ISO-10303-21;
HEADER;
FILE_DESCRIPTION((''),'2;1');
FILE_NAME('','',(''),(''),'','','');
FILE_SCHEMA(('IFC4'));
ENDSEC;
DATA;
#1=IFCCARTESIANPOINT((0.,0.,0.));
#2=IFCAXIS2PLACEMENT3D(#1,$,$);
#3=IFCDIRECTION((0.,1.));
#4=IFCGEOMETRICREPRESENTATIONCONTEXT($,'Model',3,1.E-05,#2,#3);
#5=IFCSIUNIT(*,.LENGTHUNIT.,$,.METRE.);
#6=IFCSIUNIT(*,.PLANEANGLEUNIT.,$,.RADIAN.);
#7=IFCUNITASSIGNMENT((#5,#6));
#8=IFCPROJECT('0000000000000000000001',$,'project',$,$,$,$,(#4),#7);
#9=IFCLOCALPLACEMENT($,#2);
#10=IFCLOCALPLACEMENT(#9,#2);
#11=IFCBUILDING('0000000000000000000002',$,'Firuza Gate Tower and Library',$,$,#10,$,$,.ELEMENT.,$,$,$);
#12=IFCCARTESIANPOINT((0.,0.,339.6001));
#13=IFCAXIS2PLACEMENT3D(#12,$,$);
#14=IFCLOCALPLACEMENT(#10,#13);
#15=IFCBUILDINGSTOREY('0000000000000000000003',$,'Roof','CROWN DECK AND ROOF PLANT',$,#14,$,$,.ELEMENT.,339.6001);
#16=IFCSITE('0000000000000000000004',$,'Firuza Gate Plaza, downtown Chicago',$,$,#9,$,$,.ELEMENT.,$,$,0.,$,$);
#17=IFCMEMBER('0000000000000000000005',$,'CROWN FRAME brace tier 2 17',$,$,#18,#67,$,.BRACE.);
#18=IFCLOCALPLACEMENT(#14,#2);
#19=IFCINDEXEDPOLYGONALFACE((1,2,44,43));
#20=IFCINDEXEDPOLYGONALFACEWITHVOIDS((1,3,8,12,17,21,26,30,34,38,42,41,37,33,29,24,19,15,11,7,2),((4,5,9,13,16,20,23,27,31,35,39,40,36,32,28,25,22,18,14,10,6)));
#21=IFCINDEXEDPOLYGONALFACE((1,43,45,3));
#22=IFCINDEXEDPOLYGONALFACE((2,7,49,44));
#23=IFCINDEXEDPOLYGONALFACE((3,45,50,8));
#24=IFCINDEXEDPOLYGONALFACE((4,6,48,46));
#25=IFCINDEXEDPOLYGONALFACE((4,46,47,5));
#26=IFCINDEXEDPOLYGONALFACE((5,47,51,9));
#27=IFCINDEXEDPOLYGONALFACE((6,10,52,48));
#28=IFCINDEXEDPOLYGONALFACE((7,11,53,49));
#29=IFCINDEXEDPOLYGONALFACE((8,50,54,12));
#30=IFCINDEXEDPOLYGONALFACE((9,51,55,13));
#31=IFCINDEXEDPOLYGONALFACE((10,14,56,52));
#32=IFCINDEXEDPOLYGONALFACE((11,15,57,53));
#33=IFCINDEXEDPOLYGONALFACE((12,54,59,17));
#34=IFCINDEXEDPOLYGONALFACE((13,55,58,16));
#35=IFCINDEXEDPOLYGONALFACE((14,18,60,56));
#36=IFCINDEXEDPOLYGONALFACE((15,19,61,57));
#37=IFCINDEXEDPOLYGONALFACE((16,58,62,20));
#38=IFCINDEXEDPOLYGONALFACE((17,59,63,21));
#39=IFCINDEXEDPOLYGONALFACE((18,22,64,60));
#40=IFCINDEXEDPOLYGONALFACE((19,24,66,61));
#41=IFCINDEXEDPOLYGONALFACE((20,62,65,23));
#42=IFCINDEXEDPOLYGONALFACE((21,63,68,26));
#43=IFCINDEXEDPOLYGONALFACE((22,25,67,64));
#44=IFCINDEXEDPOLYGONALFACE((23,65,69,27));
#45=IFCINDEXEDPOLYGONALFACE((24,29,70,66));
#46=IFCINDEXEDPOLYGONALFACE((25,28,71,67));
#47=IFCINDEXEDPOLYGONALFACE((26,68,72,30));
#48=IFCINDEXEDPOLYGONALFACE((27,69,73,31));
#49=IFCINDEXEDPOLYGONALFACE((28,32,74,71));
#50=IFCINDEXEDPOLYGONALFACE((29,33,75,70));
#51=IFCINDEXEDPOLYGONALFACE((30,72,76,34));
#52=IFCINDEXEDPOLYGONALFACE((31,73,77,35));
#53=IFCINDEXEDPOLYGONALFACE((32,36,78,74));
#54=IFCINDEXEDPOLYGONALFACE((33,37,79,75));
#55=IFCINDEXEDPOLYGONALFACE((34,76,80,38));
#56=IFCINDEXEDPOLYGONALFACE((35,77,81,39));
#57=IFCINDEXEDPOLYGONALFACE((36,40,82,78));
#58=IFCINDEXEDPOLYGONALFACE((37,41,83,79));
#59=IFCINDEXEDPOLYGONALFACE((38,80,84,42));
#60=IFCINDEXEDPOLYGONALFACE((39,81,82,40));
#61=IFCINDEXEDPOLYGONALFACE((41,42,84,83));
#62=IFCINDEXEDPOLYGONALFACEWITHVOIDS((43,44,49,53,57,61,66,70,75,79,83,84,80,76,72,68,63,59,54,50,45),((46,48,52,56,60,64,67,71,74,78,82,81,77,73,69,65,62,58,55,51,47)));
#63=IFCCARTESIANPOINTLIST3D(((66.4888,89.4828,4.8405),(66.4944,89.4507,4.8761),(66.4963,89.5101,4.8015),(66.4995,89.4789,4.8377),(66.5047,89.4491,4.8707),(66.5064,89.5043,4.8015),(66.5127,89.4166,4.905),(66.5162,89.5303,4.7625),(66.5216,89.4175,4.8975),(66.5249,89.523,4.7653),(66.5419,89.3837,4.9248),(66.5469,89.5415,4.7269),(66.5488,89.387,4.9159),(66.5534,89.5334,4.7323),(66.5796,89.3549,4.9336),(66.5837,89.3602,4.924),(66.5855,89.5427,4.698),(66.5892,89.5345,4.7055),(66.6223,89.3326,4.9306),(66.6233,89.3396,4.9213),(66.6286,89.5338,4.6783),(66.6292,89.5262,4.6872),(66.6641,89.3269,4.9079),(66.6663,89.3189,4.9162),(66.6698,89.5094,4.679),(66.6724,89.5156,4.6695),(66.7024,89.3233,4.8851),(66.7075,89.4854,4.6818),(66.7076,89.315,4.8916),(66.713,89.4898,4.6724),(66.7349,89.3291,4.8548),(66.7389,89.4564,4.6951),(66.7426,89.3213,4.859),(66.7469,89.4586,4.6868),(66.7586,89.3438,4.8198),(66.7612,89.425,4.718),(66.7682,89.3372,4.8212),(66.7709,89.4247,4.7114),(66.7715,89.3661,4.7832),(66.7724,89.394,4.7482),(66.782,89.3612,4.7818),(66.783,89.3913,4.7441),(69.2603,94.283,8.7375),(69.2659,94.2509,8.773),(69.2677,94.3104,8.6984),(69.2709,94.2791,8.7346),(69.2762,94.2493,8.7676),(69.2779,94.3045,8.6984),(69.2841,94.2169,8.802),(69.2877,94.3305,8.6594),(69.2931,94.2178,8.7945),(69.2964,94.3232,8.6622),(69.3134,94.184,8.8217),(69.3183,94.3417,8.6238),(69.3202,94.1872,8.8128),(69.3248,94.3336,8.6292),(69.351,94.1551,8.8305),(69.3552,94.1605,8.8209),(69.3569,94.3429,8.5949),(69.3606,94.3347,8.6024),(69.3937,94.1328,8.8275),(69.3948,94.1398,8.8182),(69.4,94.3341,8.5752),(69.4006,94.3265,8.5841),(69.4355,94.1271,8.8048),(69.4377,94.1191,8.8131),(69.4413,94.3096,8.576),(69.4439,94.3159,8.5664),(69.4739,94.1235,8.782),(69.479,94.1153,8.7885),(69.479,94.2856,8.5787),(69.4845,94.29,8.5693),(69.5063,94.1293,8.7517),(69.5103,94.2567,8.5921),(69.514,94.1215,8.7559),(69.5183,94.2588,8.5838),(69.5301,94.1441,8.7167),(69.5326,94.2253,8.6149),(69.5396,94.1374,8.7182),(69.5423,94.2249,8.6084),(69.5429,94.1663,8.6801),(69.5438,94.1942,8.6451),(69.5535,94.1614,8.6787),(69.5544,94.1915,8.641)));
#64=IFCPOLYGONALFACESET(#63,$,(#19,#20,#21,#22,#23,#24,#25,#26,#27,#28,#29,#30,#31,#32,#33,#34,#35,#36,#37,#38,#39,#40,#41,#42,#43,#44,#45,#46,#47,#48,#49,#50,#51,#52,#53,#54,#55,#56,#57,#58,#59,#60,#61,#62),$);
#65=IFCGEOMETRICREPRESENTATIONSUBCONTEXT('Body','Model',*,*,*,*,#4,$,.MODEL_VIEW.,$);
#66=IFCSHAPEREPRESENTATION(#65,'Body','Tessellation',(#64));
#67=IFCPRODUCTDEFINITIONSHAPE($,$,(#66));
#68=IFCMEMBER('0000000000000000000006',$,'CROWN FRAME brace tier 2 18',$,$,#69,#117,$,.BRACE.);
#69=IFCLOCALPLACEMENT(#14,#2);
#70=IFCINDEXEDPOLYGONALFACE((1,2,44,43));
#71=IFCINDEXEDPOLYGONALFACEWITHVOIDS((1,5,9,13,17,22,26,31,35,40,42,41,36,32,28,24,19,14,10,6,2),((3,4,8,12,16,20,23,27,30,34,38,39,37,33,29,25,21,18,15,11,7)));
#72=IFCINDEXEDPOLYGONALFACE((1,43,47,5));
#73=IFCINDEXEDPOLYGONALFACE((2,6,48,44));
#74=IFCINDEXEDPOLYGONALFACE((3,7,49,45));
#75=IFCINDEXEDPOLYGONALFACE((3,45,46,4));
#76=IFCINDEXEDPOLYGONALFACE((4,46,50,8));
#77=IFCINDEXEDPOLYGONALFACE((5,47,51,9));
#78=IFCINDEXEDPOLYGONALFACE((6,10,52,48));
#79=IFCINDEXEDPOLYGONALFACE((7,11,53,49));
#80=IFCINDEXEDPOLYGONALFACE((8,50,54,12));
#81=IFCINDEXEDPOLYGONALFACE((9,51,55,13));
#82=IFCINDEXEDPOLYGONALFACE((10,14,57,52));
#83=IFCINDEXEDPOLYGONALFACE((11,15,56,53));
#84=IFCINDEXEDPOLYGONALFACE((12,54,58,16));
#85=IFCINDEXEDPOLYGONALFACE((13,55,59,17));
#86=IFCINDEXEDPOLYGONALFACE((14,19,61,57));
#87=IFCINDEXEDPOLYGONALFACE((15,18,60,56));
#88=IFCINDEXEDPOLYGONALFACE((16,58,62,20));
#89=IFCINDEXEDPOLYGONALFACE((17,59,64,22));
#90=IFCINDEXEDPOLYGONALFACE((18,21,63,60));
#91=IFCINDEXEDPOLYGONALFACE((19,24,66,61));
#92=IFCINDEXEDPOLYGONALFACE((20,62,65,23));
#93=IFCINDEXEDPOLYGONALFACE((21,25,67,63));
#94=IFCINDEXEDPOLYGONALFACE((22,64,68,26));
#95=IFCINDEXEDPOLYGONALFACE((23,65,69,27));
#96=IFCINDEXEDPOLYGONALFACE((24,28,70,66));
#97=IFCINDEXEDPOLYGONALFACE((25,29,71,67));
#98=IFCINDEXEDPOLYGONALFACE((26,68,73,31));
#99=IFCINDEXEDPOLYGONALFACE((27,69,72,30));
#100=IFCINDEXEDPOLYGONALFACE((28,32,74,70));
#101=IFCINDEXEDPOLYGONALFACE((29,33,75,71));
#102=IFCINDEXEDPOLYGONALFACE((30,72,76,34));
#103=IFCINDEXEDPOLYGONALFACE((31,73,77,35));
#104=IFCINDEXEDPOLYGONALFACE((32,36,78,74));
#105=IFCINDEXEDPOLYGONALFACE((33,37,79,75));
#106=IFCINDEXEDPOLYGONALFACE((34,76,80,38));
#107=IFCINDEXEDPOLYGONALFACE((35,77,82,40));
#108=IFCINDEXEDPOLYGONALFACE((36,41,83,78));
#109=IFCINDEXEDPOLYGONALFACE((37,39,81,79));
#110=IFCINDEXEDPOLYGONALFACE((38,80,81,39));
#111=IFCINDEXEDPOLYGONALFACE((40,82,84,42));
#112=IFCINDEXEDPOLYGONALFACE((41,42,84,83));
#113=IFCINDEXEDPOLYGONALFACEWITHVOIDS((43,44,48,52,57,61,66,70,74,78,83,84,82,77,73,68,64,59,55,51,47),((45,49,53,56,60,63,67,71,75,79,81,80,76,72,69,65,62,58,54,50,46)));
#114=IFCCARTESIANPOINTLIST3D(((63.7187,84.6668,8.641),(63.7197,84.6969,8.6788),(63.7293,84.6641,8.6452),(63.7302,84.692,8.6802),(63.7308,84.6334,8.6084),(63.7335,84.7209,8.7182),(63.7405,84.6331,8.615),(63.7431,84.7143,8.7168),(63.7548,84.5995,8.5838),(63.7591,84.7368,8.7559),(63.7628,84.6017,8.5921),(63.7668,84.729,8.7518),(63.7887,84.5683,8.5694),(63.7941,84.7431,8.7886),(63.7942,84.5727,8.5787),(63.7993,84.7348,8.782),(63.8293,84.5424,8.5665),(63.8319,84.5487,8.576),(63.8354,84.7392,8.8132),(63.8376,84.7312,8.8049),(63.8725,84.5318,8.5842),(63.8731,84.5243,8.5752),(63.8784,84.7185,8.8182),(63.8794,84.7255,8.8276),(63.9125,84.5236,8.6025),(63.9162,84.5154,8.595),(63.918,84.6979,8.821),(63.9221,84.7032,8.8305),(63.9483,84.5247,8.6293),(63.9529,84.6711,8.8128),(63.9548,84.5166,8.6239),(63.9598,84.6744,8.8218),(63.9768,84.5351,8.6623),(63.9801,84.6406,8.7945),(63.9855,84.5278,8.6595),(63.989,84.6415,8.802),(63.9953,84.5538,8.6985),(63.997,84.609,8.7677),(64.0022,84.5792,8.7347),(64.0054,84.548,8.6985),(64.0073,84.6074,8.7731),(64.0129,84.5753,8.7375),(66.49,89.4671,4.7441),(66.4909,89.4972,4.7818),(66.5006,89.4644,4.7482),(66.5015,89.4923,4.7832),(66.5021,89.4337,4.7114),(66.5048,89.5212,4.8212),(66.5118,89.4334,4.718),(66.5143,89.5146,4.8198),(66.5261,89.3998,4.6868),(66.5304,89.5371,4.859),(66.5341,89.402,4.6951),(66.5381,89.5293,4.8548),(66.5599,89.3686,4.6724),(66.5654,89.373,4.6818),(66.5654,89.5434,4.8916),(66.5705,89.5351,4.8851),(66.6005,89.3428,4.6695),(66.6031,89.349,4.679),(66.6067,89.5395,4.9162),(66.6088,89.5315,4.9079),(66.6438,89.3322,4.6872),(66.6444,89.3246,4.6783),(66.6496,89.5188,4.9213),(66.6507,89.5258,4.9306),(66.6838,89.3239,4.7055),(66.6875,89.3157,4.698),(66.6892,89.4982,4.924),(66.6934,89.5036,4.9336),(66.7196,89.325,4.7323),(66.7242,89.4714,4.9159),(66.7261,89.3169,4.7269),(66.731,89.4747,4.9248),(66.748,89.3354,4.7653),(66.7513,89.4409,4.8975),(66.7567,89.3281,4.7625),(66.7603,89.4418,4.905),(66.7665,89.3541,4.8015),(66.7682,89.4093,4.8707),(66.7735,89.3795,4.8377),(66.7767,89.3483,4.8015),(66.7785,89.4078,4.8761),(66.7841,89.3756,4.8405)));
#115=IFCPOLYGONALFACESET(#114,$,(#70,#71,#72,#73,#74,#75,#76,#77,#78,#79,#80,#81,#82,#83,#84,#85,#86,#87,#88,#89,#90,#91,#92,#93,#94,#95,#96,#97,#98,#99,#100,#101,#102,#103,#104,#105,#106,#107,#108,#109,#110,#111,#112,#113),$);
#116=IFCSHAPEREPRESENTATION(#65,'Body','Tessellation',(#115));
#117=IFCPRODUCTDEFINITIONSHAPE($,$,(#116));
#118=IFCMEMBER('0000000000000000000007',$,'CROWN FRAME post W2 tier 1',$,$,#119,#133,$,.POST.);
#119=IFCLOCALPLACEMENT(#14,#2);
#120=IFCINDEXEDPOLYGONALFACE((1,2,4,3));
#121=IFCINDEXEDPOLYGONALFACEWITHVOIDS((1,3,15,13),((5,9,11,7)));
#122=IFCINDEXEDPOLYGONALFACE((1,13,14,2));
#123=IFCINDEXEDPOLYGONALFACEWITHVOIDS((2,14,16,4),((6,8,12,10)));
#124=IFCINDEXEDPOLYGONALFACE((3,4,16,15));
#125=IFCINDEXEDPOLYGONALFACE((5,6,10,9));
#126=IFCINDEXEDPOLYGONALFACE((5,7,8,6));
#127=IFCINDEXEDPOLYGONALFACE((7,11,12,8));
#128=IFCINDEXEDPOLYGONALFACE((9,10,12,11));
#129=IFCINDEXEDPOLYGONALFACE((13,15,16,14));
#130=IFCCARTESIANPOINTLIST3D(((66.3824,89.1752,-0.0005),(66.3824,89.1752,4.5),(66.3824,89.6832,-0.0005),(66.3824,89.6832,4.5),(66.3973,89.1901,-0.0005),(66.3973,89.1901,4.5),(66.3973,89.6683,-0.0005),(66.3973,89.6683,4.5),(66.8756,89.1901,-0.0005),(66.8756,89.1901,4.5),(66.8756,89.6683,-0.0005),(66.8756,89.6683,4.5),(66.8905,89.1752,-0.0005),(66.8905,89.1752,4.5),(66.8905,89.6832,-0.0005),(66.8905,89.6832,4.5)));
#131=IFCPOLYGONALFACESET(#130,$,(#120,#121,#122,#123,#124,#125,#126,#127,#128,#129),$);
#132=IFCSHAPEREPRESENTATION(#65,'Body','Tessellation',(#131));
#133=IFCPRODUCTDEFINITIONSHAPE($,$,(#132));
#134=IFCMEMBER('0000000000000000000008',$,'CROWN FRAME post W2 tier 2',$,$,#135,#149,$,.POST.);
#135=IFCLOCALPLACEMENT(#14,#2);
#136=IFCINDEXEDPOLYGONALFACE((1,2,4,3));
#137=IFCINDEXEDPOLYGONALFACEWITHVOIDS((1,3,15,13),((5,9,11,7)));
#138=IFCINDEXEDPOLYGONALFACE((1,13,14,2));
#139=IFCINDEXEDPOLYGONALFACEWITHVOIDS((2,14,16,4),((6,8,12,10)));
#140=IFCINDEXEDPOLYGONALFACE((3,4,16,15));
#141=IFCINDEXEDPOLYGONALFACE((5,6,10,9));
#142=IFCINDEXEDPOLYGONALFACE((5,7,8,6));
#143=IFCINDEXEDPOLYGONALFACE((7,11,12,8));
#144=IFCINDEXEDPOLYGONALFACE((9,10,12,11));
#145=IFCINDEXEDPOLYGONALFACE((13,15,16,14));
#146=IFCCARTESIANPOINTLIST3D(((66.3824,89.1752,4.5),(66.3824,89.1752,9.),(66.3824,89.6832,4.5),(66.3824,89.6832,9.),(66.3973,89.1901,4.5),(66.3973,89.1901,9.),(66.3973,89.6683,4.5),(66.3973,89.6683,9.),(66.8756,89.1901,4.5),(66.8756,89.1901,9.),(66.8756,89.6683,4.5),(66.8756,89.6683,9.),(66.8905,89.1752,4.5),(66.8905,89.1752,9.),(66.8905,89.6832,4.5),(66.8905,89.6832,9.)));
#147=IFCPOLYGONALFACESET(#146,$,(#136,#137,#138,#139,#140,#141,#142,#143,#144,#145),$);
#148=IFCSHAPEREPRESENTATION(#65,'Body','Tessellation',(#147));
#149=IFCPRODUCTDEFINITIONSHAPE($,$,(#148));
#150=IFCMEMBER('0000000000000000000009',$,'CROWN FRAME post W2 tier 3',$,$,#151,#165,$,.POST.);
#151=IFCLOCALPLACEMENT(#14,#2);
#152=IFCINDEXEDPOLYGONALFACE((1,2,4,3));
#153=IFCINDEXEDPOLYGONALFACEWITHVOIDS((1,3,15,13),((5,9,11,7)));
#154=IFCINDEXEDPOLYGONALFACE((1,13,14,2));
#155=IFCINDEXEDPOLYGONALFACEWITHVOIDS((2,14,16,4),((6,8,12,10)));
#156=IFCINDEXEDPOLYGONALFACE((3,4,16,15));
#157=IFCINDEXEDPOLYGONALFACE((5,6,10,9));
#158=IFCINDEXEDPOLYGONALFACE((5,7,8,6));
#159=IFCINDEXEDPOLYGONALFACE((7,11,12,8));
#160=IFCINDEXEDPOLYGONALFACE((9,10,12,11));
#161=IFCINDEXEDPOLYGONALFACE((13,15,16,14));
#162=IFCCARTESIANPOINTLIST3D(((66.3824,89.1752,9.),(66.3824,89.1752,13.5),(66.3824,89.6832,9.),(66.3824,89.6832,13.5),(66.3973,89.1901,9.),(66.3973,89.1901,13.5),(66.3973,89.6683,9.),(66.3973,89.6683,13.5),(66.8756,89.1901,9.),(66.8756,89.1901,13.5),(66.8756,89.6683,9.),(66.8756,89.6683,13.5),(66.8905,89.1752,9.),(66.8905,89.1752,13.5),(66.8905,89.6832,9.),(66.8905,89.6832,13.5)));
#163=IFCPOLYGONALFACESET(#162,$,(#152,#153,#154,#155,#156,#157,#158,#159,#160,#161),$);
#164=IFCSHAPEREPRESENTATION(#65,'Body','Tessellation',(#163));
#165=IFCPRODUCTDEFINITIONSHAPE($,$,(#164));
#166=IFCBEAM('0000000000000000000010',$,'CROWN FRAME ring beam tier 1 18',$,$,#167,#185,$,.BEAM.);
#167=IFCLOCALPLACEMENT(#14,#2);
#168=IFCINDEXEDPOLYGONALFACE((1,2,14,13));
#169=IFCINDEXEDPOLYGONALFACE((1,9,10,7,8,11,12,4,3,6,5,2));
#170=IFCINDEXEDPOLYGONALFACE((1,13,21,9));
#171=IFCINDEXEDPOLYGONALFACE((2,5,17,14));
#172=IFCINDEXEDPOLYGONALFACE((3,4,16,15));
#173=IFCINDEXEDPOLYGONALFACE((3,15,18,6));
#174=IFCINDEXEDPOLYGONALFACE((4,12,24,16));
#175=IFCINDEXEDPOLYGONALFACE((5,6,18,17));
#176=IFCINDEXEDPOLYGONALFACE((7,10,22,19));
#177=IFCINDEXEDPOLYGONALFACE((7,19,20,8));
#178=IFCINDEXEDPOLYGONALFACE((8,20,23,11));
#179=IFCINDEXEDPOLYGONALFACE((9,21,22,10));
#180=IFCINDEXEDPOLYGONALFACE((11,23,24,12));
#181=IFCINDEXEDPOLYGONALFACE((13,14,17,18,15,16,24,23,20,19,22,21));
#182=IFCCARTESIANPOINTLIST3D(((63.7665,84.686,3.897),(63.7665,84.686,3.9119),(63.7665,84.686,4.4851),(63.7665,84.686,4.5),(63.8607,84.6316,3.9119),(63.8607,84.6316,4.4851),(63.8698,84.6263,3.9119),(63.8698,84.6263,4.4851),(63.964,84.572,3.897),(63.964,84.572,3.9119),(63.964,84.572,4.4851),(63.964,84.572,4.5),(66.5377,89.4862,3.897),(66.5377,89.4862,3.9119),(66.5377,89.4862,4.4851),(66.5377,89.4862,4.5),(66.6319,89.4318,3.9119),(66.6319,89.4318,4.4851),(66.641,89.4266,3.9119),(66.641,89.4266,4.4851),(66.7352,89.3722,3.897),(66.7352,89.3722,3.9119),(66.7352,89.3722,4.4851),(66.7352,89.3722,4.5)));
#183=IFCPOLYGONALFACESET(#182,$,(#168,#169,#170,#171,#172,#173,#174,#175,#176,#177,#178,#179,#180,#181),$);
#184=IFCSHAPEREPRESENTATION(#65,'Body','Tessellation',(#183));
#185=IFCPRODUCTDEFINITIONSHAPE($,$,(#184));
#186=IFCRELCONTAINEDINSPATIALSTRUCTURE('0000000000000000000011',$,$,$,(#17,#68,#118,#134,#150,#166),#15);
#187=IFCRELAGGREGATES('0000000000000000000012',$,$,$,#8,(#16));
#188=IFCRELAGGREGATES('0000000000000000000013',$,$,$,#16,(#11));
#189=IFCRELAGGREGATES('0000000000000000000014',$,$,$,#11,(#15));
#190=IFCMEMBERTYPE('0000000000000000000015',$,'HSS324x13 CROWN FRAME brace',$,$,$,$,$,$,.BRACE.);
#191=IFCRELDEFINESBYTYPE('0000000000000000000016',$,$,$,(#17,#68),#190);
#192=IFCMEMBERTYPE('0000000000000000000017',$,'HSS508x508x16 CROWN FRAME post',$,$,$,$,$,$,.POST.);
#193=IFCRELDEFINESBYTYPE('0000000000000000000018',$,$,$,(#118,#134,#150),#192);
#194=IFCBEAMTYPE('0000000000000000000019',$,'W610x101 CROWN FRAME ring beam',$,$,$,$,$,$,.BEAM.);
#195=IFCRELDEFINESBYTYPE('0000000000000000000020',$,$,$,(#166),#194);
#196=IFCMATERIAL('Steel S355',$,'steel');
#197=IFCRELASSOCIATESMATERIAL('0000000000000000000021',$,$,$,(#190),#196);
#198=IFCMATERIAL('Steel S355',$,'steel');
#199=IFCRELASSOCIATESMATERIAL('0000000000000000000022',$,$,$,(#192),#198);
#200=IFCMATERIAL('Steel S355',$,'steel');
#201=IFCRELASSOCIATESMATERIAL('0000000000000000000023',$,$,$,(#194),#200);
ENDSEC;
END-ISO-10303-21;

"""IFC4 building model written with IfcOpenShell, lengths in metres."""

from ifc_helpers import new_model, si_unit, direction, frame, origin, origin_2d, place, context, subcontext, project, spatial, hollow_rectangle, hollow_circle, i_section, extrude, material, material_profile, profile_set, type_object, element, save


model = new_model("IFC4")

# Units and contexts
model_context = context("Model", 3, precision=1e-05, world=origin(), true_north=direction((0.0, 1.0)))
body_context = subcontext(model_context, "Body", "Model", "MODEL_VIEW")
ifc_project = project(units=[si_unit("LENGTHUNIT", "METRE"), si_unit("PLANEANGLEUNIT", "RADIAN")], contexts=[model_context])

# Site, building, storey
site_placement = place(None, origin())
site = spatial("IfcSite", under=ifc_project, at=site_placement, Name="Firuza Gate Plaza, downtown Chicago", CompositionType="ELEMENT", RefElevation=0.0)
building_placement = place(site_placement, origin())
building = spatial("IfcBuilding", under=site, at=building_placement, Name="Firuza Gate Tower and Library", CompositionType="ELEMENT")
storey_placement = place(building_placement, frame((0.0, 0.0, 339.6001)))
storey = spatial("IfcBuildingStorey", under=building, at=storey_placement, Name="Roof", Description="CROWN DECK AND ROOF PLANT", CompositionType="ELEMENT", Elevation=339.6001)

# Members
ifc_material_1 = material(Name="Steel S355", Category="steel")
ifc_material_profile_1 = material_profile(ifc_material_1, hollow_circle(Radius=0.1619, WallThickness=0.0117, at=origin_2d()))
ifc_profile_set_1 = profile_set([ifc_material_profile_1], Name="Steel S355")
member_type_1 = type_object("IfcMemberType", Name="HSS324x13 CROWN FRAME brace", PredefinedType="BRACE", material=ifc_profile_set_1)
for number, where, z_axis, x_axis, name in (
    (1, (66.6365, 89.4292, 4.8015), (0.409032, 0.708455, 0.575138), (-0.866023, 0.500005, 0.0), "CROWN FRAME brace tier 2 17"),
    (2, (66.6365, 89.4292, 4.8015), (-0.409002, -0.708466, 0.575147), (0.866042, -0.499972, 0.0), "CROWN FRAME brace tier 2 18"),
):
    element("IfcMember", number, at=place(storey_placement, frame(where, z_axis=z_axis, x_axis=x_axis)), inside=storey, type_object=member_type_1, Name=name, PredefinedType="BRACE", context=body_context, shape_type="SweptSolid", body=[
        extrude(hollow_circle(Radius=0.1619, WallThickness=0.0117, at=origin_2d()), origin(), (0.0, 0.0, 1.0), 6.7756),
    ])
ifc_material_2 = material(Name="Steel S355", Category="steel")
ifc_material_profile_2 = material_profile(ifc_material_2, hollow_rectangle(XDim=0.5081, YDim=0.5081, WallThickness=0.0149, at=origin_2d()))
ifc_profile_set_2 = profile_set([ifc_material_profile_2], Name="Steel S355")
member_type_2 = type_object("IfcMemberType", Name="HSS508x508x16 CROWN FRAME post", PredefinedType="POST", material=ifc_profile_set_2)
member_1_placement = place(storey_placement, frame((66.6365, 89.4292, -0.0005), z_axis=(0.0, 0.0, 1.0), x_axis=(1.0, 0.0, 0.0)))
element("IfcMember", 3, at=member_1_placement, inside=storey, type_object=member_type_2, Name="CROWN FRAME post W2 tier 1", PredefinedType="POST", context=body_context, shape_type="SweptSolid", body=[
    extrude(hollow_rectangle(XDim=0.5081, YDim=0.5081, WallThickness=0.0149, at=origin_2d()), origin(), (0.0, 0.0, 1.0), 4.5005),
])
for number, where, z_axis, x_axis, name in (
    (4, (66.6365, 89.4292, 4.5), (0.0, 0.0, 1.0), (1.0, 0.0, 0.0), "CROWN FRAME post W2 tier 2"),
    (5, (66.6365, 89.4292, 9.0), (0.0, 0.0, 1.0), (1.0, 0.0, 0.0), "CROWN FRAME post W2 tier 3"),
):
    element("IfcMember", number, at=place(storey_placement, frame(where, z_axis=z_axis, x_axis=x_axis)), inside=storey, type_object=member_type_2, Name=name, PredefinedType="POST", context=body_context, shape_type="SweptSolid", body=[
        extrude(hollow_rectangle(XDim=0.5081, YDim=0.5081, WallThickness=0.0149, at=origin_2d()), origin(), (0.0, 0.0, 1.0), 4.5),
    ])

# Beam
ifc_material_3 = material(Name="Steel S355", Category="steel")
ifc_material_profile_3 = material_profile(ifc_material_3, i_section(OverallWidth=0.228, OverallDepth=0.603, WebThickness=0.0105, FlangeThickness=0.0149, at=origin_2d()))
ifc_profile_set_3 = profile_set([ifc_material_profile_3], Name="Steel S355")
beam_type = type_object("IfcBeamType", Name="W610x101 CROWN FRAME ring beam", PredefinedType="BEAM", material=ifc_profile_set_3)
for number, where, z_axis, x_axis, name in (
    (6, (66.6365, 89.4292, 4.1985), (-0.499972, -0.866042, 0.0), (0.866042, -0.499972, 0.0), "CROWN FRAME ring beam tier 1 18"),
):
    element("IfcBeam", number, at=place(storey_placement, frame(where, z_axis=z_axis, x_axis=x_axis)), inside=storey, type_object=beam_type, Name=name, PredefinedType="BEAM", context=body_context, shape_type="SweptSolid", body=[
        extrude(i_section(OverallWidth=0.228, OverallDepth=0.603, WebThickness=0.0105, FlangeThickness=0.0149, at=origin_2d()), origin(), (0.0, 0.0, 1.0), 5.5427),
    ])

save(model, "model.ifc")
